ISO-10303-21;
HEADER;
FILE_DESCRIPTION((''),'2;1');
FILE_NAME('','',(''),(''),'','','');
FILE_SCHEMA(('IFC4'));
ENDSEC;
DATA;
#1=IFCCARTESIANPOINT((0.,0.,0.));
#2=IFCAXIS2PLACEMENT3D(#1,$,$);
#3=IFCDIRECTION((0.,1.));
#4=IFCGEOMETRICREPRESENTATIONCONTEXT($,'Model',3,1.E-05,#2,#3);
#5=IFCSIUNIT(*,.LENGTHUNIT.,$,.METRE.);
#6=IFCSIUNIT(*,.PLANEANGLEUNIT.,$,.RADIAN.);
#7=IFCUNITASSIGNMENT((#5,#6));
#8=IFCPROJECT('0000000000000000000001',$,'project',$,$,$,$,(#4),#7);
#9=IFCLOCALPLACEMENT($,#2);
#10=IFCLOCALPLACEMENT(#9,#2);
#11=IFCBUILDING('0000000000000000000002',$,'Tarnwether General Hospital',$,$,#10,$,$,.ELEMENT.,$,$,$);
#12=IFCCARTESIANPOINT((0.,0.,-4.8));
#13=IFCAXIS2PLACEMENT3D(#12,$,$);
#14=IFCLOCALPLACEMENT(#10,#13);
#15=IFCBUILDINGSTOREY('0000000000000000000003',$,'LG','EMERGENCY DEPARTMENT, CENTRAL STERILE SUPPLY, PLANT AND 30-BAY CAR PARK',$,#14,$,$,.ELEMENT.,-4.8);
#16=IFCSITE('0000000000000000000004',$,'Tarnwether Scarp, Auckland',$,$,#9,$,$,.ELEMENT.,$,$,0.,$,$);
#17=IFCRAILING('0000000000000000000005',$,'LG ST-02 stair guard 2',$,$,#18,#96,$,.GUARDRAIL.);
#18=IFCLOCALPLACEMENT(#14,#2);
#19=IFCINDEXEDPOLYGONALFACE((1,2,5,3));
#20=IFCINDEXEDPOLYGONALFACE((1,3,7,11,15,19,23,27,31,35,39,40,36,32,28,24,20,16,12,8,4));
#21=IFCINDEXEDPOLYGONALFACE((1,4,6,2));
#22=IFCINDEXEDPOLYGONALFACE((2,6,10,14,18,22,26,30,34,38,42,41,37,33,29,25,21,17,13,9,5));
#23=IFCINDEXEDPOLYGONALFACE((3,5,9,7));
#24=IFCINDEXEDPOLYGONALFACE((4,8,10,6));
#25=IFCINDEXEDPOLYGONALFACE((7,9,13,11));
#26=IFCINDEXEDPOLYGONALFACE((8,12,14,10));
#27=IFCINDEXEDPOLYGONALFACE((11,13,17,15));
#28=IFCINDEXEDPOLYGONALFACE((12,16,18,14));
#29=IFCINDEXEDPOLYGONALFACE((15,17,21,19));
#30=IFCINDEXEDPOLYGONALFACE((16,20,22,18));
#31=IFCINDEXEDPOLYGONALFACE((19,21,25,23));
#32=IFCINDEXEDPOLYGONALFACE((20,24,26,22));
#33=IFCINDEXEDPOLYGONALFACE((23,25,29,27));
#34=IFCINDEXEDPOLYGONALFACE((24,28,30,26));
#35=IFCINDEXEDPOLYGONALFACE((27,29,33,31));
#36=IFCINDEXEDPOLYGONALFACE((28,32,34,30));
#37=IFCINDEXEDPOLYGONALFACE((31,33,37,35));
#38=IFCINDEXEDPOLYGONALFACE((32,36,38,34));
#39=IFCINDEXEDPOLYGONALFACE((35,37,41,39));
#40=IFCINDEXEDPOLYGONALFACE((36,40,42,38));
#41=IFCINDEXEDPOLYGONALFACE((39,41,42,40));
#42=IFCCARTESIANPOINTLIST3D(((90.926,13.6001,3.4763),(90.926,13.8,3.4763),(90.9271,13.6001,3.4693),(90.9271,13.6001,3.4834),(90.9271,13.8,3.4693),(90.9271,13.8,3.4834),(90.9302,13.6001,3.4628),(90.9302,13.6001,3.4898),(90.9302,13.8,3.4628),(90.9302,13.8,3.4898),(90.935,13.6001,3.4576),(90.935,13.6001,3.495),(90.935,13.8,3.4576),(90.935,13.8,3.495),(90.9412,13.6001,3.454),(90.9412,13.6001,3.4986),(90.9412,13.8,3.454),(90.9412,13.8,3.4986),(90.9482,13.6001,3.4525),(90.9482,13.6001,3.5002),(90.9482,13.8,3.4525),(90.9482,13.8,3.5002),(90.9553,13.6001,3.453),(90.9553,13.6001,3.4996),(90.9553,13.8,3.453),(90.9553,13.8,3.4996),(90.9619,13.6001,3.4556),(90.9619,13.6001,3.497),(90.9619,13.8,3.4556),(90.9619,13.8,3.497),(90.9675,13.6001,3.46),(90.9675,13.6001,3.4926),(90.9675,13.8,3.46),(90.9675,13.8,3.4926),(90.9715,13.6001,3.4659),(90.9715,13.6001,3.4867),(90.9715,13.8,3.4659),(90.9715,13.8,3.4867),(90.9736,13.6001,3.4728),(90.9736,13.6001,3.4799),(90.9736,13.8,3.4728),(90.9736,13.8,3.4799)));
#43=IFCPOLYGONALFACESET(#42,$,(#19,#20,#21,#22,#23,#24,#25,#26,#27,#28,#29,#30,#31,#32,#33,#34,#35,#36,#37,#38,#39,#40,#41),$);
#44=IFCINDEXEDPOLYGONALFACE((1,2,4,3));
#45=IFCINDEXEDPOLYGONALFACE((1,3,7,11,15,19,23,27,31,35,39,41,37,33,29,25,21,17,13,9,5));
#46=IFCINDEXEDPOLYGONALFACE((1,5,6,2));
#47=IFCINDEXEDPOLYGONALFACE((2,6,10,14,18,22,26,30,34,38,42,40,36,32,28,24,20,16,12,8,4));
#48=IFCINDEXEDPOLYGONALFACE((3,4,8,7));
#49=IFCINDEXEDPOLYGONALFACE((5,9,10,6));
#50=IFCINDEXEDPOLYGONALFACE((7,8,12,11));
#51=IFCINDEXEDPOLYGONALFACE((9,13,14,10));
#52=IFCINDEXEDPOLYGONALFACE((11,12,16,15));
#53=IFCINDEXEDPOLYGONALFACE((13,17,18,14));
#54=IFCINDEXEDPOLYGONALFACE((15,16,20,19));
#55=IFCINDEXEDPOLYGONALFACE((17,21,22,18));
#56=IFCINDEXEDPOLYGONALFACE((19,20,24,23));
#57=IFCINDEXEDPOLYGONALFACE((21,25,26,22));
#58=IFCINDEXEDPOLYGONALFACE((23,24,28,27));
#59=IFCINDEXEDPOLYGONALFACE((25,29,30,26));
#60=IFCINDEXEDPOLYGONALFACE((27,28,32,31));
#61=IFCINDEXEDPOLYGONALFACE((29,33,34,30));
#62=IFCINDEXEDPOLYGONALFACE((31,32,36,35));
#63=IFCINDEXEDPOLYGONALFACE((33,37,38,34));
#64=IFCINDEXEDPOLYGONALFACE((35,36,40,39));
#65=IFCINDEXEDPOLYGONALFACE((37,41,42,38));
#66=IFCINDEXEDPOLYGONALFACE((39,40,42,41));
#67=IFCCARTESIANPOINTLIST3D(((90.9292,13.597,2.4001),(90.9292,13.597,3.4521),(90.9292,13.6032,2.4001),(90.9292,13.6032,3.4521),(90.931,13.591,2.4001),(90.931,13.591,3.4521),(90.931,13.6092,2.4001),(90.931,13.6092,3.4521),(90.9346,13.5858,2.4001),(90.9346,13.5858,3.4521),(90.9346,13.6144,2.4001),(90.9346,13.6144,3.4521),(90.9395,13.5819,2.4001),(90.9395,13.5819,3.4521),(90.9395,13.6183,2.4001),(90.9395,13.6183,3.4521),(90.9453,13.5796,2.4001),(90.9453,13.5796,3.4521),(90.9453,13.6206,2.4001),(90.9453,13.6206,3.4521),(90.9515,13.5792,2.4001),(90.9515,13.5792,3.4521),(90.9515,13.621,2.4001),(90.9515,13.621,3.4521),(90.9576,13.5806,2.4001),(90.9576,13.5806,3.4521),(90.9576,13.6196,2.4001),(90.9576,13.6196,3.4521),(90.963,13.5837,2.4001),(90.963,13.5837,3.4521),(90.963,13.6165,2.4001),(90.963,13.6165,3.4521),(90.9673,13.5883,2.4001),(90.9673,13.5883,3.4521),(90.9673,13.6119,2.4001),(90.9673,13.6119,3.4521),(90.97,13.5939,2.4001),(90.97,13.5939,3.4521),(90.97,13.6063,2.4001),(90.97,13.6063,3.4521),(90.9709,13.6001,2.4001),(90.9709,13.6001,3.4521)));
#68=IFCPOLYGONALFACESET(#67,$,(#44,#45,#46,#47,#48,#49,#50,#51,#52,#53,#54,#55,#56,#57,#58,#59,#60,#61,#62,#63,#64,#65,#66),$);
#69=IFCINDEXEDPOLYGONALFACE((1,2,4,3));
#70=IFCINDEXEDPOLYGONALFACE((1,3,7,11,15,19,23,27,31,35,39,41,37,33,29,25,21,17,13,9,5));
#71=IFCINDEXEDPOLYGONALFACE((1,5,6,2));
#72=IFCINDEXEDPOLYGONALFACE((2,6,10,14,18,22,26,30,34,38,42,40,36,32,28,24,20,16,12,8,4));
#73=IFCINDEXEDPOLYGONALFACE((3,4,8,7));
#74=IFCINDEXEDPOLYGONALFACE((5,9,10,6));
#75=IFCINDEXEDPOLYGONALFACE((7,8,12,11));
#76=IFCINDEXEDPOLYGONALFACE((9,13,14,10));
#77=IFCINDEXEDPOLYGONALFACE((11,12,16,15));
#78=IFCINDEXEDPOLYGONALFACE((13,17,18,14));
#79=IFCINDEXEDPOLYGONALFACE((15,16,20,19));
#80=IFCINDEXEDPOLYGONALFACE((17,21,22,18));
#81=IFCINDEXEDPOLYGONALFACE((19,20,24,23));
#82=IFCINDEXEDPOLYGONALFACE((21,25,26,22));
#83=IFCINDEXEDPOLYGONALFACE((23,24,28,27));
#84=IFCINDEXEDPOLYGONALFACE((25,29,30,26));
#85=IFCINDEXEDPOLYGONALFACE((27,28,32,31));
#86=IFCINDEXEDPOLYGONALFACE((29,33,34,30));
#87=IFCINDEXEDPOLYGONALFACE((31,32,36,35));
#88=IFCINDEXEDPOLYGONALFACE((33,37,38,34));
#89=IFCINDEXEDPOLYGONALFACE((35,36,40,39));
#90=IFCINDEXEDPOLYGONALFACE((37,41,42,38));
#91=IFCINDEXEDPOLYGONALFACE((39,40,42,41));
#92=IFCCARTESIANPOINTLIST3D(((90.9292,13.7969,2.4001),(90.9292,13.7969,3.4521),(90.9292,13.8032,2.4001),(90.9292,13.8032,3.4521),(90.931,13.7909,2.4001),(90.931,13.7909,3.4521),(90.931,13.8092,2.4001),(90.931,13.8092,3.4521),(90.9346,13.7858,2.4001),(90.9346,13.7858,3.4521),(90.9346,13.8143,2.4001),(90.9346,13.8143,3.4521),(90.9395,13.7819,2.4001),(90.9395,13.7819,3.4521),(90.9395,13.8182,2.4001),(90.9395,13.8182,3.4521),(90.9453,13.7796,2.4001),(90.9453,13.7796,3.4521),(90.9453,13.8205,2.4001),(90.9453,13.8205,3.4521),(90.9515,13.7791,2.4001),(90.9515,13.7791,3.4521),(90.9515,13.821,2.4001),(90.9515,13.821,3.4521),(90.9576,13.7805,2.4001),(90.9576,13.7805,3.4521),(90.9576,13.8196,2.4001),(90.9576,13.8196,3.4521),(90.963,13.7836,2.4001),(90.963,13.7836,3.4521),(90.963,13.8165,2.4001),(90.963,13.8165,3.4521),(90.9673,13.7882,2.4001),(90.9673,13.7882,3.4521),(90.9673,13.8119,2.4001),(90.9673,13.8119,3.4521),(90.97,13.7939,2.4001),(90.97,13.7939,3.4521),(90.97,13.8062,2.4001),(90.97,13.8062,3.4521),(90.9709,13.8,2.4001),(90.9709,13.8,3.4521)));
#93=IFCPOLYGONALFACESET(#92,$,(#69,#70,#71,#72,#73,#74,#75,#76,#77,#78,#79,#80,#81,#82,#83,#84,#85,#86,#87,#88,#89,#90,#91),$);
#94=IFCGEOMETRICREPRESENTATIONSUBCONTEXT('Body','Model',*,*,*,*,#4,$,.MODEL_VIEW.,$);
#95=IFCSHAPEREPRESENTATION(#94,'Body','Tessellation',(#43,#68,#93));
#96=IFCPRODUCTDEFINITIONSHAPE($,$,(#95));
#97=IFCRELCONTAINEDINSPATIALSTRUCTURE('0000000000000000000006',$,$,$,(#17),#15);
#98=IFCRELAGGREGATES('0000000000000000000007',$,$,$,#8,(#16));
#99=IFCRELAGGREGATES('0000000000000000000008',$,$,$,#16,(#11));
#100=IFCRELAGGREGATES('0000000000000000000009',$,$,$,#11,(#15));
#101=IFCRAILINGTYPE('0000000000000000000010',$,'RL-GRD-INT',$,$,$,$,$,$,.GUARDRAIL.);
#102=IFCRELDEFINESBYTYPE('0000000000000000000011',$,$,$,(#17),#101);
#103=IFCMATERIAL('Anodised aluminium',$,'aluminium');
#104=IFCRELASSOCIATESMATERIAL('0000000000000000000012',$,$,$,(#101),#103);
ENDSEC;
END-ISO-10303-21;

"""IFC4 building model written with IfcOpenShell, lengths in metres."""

from ifc_helpers import new_model, si_unit, direction, frame, origin, origin_2d, place, context, subcontext, project, spatial, circle, extrude, material, type_object, element, save


model = new_model("IFC4")

# Units and contexts
model_context = context("Model", 3, precision=1e-05, world=origin(), true_north=direction((0.0, 1.0)))
body_context = subcontext(model_context, "Body", "Model", "MODEL_VIEW")
ifc_project = project(units=[si_unit("LENGTHUNIT", "METRE"), si_unit("PLANEANGLEUNIT", "RADIAN")], contexts=[model_context])

# Site, building, storey
site_placement = place(None, origin())
site = spatial("IfcSite", under=ifc_project, at=site_placement, Name="Tarnwether Scarp, Auckland", CompositionType="ELEMENT", RefElevation=0.0)
building_placement = place(site_placement, origin())
building = spatial("IfcBuilding", under=site, at=building_placement, Name="Tarnwether General Hospital", CompositionType="ELEMENT")
storey_placement = place(building_placement, frame((0.0, 0.0, -4.8)))
storey = spatial("IfcBuildingStorey", under=building, at=storey_placement, Name="LG", Description="EMERGENCY DEPARTMENT, CENTRAL STERILE SUPPLY, PLANT AND 30-BAY CAR PARK", CompositionType="ELEMENT", Elevation=-4.8)

# Railing
ifc_material_1 = material(Name="Anodised aluminium", Category="aluminium")
railing_type_1 = type_object("IfcRailingType", Name="RL-GRD-INT", PredefinedType="GUARDRAIL", material=ifc_material_1)
railing_1_placement = place(storey_placement, frame((90.95, 13.6001, 2.4001)))
element("IfcRailing", 1, at=railing_1_placement, inside=storey, type_object=railing_type_1, Name="LG ST-02 stair guard 2", PredefinedType="GUARDRAIL", context=body_context, shape_type="SweptSolid", body=[
    extrude(circle(Radius=0.0239, at=origin_2d()), frame((0.0, 0.0, 1.0762), z_axis=(0.0, 1.0, 0.0), x_axis=(-1.0, 0.0, 0.0)), (0.0, 0.0, 1.0), 0.2),
    extrude(circle(Radius=0.021, at=origin_2d()), origin(), (0.0, 0.0, 1.0), 1.052),
    extrude(circle(Radius=0.021, at=origin_2d()), frame((0.0, 0.2, 0.0)), (0.0, 0.0, 1.0), 1.052),
])

save(model, "model.ifc")
